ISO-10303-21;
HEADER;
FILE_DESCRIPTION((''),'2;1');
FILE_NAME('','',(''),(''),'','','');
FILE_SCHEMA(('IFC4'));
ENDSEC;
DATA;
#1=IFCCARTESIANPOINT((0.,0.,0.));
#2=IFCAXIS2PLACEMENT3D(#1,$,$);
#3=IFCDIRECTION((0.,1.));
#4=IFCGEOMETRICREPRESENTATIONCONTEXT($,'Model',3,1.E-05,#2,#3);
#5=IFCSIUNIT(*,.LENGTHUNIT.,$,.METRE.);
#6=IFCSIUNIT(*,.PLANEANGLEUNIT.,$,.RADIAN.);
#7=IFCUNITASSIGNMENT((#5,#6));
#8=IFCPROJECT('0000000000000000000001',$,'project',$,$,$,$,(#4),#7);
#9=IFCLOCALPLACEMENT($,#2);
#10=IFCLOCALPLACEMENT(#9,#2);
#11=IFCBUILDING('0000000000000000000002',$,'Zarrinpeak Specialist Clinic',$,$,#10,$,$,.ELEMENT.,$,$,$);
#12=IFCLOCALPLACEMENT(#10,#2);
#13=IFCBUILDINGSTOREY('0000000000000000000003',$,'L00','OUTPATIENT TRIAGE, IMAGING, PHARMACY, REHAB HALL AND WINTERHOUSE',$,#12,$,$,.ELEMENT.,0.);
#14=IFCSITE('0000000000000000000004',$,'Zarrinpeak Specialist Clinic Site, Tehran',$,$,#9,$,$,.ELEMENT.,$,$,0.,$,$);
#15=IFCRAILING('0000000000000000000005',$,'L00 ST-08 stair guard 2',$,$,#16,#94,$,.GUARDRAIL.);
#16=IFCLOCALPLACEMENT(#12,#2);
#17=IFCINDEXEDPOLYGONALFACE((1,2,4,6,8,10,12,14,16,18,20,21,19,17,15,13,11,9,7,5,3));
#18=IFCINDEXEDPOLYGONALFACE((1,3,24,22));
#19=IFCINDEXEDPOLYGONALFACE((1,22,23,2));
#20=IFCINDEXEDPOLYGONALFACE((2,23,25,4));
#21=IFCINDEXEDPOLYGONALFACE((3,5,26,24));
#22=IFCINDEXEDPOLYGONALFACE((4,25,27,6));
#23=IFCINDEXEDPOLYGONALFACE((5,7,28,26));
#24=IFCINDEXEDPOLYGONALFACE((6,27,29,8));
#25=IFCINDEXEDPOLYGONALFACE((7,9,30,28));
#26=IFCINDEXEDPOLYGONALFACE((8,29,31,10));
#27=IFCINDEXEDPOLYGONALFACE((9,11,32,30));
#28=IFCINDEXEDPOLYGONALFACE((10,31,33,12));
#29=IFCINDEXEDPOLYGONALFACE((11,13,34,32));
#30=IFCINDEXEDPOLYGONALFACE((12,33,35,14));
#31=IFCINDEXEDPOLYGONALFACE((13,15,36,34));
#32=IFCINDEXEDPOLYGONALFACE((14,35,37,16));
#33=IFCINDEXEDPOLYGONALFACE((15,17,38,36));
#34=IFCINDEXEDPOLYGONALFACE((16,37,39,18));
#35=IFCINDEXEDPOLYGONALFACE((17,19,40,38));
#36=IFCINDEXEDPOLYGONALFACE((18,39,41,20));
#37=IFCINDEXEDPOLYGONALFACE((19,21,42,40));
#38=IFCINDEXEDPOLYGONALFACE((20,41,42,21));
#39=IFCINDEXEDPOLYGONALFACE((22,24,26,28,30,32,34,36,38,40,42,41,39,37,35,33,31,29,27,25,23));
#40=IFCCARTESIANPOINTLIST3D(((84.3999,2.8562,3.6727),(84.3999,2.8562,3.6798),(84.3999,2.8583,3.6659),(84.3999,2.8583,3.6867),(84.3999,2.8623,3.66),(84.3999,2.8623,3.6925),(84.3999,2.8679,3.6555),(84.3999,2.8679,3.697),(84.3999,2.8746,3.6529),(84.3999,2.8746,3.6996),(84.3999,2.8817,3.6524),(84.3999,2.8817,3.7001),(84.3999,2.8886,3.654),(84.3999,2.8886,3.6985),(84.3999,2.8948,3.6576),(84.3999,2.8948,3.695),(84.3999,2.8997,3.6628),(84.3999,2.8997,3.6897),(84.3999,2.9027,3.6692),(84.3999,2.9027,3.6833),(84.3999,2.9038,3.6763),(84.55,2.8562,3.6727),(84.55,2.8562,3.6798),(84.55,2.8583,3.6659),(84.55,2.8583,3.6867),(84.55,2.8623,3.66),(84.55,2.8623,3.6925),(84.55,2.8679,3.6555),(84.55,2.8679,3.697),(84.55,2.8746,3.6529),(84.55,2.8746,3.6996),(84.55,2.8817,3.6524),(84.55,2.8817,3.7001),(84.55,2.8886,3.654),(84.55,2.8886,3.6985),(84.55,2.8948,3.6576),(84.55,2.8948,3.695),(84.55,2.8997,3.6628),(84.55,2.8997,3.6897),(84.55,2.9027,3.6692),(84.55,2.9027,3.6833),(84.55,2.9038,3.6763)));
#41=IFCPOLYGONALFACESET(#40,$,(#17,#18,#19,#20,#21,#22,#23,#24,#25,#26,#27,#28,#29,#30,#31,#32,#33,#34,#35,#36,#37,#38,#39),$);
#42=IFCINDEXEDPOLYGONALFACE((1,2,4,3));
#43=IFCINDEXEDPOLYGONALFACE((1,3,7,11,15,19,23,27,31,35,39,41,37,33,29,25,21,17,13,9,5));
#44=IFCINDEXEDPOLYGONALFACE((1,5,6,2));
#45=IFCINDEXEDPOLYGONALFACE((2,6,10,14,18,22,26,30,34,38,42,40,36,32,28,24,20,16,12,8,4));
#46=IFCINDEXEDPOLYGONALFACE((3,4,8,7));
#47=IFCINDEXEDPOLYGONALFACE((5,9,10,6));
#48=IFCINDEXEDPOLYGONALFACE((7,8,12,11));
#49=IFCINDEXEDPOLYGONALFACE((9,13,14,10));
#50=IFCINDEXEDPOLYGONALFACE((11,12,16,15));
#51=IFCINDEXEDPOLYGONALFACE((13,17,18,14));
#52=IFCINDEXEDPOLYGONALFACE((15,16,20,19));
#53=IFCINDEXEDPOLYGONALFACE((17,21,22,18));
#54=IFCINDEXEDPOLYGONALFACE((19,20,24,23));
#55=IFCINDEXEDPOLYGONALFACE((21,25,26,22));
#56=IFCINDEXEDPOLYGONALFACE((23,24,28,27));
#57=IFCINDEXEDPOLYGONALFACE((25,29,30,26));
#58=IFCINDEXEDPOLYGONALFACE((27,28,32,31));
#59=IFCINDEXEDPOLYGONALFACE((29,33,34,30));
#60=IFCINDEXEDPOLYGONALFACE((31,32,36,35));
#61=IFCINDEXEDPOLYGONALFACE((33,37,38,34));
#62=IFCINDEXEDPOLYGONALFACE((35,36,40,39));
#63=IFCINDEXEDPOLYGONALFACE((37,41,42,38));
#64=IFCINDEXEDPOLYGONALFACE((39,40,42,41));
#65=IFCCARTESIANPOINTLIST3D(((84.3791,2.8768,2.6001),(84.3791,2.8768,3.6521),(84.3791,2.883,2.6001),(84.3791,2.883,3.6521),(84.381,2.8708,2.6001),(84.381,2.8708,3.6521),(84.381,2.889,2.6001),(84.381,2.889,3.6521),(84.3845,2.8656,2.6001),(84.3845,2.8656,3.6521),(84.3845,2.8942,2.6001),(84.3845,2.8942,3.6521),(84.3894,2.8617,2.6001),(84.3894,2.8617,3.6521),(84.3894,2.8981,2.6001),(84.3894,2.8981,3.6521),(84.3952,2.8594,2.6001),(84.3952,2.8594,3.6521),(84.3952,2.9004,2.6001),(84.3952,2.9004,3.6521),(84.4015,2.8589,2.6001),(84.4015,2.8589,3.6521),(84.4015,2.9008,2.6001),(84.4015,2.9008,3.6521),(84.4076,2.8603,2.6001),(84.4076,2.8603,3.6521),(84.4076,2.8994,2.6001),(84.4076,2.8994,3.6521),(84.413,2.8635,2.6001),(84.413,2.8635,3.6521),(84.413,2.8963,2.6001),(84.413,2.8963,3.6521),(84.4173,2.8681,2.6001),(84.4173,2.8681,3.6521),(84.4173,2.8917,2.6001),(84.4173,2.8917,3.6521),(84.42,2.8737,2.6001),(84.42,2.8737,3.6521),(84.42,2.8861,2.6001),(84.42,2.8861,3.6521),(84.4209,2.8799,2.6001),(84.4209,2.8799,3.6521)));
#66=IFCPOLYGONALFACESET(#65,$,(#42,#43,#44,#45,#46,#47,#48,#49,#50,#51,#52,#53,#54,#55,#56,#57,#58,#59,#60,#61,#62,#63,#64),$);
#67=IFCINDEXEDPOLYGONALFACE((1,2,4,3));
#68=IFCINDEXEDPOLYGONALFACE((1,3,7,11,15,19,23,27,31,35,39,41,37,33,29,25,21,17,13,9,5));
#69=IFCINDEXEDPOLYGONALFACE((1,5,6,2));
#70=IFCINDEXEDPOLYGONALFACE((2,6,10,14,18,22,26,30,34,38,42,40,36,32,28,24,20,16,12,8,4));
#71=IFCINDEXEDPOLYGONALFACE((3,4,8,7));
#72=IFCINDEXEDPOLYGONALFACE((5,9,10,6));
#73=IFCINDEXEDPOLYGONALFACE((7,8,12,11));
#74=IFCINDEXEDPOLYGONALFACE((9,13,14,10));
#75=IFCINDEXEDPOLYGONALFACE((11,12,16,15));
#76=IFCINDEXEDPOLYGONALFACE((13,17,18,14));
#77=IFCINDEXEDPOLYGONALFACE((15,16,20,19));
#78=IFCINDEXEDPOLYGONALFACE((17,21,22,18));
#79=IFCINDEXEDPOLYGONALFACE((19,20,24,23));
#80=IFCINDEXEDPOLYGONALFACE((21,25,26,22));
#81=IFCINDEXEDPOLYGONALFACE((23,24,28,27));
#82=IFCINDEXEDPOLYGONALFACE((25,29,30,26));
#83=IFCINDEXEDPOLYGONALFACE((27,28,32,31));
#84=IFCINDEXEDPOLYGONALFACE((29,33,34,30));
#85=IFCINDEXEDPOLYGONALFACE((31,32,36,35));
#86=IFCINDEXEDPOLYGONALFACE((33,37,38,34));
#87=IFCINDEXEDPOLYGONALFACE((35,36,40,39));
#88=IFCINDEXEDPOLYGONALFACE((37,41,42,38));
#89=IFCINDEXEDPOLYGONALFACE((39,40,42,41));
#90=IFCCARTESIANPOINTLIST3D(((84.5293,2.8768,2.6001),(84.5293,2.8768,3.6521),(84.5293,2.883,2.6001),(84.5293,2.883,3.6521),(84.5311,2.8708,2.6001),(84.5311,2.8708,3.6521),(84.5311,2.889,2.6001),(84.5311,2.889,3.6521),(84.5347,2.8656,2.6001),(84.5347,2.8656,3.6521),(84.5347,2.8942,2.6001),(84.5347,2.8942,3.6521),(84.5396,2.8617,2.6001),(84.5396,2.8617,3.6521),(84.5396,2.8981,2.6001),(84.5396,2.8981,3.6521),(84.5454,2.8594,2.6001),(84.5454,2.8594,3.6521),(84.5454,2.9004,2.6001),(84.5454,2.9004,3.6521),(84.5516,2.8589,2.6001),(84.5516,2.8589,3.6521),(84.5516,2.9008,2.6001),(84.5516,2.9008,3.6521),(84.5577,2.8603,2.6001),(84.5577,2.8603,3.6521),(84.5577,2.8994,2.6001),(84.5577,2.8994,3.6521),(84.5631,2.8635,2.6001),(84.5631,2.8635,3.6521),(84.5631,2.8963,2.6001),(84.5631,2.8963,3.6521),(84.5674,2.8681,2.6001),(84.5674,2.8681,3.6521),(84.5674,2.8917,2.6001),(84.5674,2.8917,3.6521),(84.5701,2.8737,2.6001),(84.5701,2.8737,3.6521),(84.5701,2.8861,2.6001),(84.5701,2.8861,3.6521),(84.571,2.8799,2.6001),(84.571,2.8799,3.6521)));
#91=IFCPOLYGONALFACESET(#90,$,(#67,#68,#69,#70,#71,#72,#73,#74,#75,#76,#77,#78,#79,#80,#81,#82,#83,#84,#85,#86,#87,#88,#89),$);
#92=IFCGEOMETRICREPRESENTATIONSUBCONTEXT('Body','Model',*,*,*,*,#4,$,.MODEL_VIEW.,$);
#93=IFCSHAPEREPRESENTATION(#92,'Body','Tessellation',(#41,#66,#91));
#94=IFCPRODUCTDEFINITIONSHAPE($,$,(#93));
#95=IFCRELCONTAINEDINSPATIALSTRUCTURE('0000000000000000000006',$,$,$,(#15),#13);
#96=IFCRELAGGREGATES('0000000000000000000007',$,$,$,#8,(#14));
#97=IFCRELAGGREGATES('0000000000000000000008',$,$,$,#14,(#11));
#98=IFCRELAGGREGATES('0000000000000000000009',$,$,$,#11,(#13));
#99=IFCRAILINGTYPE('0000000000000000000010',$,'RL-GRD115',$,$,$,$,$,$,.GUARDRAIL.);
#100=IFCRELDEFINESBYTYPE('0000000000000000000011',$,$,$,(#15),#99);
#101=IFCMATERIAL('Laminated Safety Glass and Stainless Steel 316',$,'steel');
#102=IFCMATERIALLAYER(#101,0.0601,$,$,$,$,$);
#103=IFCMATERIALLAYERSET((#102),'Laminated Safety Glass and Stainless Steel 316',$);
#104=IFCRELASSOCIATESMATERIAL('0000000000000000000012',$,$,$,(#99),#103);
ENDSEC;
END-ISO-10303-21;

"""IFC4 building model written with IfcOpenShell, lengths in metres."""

from ifc_helpers import new_model, si_unit, direction, frame, origin, origin_2d, place, context, subcontext, project, spatial, circle, extrude, material, layer, layer_set, type_object, element, save


model = new_model("IFC4")

# Units and contexts
model_context = context("Model", 3, precision=1e-05, world=origin(), true_north=direction((0.0, 1.0)))
body_context = subcontext(model_context, "Body", "Model", "MODEL_VIEW")
ifc_project = project(units=[si_unit("LENGTHUNIT", "METRE"), si_unit("PLANEANGLEUNIT", "RADIAN")], contexts=[model_context])

# Site, building, storey
site_placement = place(None, origin())
site = spatial("IfcSite", under=ifc_project, at=site_placement, Name="Zarrinpeak Specialist Clinic Site, Tehran", CompositionType="ELEMENT", RefElevation=0.0)
building_placement = place(site_placement, origin())
building = spatial("IfcBuilding", under=site, at=building_placement, Name="Zarrinpeak Specialist Clinic", CompositionType="ELEMENT")
storey_placement = place(building_placement, origin())
storey = spatial("IfcBuildingStorey", under=building, at=storey_placement, Name="L00", Description="OUTPATIENT TRIAGE, IMAGING, PHARMACY, REHAB HALL AND WINTERHOUSE", CompositionType="ELEMENT", Elevation=0.0)

# Railing
ifc_material_1 = material(Name="Laminated Safety Glass and Stainless Steel 316", Category="steel")
ifc_layer_1 = layer(ifc_material_1, 0.0601)
ifc_layer_set_1 = layer_set([ifc_layer_1], Name="Laminated Safety Glass and Stainless Steel 316")
railing_type_1 = type_object("IfcRailingType", Name="RL-GRD115", PredefinedType="GUARDRAIL", material=ifc_layer_set_1)
railing_1_placement = place(storey_placement, frame((84.3999, 2.8799, 2.6001)))
element("IfcRailing", 1, at=railing_1_placement, inside=storey, type_object=railing_type_1, Name="L00 ST-08 stair guard 2", PredefinedType="GUARDRAIL", context=body_context, shape_type="SweptSolid", body=[
    extrude(circle(Radius=0.0239, at=origin_2d()), frame((0.0, 0.0, 1.0762), z_axis=(1.0, 0.0, 0.0), x_axis=(0.0, 1.0, 0.0)), (0.0, 0.0, 1.0), 0.1501),
    extrude(circle(Radius=0.021, at=origin_2d()), origin(), (0.0, 0.0, 1.0), 1.052),
    extrude(circle(Radius=0.021, at=origin_2d()), frame((0.1501, 0.0, 0.0)), (0.0, 0.0, 1.0), 1.052),
])

save(model, "model.ifc")
